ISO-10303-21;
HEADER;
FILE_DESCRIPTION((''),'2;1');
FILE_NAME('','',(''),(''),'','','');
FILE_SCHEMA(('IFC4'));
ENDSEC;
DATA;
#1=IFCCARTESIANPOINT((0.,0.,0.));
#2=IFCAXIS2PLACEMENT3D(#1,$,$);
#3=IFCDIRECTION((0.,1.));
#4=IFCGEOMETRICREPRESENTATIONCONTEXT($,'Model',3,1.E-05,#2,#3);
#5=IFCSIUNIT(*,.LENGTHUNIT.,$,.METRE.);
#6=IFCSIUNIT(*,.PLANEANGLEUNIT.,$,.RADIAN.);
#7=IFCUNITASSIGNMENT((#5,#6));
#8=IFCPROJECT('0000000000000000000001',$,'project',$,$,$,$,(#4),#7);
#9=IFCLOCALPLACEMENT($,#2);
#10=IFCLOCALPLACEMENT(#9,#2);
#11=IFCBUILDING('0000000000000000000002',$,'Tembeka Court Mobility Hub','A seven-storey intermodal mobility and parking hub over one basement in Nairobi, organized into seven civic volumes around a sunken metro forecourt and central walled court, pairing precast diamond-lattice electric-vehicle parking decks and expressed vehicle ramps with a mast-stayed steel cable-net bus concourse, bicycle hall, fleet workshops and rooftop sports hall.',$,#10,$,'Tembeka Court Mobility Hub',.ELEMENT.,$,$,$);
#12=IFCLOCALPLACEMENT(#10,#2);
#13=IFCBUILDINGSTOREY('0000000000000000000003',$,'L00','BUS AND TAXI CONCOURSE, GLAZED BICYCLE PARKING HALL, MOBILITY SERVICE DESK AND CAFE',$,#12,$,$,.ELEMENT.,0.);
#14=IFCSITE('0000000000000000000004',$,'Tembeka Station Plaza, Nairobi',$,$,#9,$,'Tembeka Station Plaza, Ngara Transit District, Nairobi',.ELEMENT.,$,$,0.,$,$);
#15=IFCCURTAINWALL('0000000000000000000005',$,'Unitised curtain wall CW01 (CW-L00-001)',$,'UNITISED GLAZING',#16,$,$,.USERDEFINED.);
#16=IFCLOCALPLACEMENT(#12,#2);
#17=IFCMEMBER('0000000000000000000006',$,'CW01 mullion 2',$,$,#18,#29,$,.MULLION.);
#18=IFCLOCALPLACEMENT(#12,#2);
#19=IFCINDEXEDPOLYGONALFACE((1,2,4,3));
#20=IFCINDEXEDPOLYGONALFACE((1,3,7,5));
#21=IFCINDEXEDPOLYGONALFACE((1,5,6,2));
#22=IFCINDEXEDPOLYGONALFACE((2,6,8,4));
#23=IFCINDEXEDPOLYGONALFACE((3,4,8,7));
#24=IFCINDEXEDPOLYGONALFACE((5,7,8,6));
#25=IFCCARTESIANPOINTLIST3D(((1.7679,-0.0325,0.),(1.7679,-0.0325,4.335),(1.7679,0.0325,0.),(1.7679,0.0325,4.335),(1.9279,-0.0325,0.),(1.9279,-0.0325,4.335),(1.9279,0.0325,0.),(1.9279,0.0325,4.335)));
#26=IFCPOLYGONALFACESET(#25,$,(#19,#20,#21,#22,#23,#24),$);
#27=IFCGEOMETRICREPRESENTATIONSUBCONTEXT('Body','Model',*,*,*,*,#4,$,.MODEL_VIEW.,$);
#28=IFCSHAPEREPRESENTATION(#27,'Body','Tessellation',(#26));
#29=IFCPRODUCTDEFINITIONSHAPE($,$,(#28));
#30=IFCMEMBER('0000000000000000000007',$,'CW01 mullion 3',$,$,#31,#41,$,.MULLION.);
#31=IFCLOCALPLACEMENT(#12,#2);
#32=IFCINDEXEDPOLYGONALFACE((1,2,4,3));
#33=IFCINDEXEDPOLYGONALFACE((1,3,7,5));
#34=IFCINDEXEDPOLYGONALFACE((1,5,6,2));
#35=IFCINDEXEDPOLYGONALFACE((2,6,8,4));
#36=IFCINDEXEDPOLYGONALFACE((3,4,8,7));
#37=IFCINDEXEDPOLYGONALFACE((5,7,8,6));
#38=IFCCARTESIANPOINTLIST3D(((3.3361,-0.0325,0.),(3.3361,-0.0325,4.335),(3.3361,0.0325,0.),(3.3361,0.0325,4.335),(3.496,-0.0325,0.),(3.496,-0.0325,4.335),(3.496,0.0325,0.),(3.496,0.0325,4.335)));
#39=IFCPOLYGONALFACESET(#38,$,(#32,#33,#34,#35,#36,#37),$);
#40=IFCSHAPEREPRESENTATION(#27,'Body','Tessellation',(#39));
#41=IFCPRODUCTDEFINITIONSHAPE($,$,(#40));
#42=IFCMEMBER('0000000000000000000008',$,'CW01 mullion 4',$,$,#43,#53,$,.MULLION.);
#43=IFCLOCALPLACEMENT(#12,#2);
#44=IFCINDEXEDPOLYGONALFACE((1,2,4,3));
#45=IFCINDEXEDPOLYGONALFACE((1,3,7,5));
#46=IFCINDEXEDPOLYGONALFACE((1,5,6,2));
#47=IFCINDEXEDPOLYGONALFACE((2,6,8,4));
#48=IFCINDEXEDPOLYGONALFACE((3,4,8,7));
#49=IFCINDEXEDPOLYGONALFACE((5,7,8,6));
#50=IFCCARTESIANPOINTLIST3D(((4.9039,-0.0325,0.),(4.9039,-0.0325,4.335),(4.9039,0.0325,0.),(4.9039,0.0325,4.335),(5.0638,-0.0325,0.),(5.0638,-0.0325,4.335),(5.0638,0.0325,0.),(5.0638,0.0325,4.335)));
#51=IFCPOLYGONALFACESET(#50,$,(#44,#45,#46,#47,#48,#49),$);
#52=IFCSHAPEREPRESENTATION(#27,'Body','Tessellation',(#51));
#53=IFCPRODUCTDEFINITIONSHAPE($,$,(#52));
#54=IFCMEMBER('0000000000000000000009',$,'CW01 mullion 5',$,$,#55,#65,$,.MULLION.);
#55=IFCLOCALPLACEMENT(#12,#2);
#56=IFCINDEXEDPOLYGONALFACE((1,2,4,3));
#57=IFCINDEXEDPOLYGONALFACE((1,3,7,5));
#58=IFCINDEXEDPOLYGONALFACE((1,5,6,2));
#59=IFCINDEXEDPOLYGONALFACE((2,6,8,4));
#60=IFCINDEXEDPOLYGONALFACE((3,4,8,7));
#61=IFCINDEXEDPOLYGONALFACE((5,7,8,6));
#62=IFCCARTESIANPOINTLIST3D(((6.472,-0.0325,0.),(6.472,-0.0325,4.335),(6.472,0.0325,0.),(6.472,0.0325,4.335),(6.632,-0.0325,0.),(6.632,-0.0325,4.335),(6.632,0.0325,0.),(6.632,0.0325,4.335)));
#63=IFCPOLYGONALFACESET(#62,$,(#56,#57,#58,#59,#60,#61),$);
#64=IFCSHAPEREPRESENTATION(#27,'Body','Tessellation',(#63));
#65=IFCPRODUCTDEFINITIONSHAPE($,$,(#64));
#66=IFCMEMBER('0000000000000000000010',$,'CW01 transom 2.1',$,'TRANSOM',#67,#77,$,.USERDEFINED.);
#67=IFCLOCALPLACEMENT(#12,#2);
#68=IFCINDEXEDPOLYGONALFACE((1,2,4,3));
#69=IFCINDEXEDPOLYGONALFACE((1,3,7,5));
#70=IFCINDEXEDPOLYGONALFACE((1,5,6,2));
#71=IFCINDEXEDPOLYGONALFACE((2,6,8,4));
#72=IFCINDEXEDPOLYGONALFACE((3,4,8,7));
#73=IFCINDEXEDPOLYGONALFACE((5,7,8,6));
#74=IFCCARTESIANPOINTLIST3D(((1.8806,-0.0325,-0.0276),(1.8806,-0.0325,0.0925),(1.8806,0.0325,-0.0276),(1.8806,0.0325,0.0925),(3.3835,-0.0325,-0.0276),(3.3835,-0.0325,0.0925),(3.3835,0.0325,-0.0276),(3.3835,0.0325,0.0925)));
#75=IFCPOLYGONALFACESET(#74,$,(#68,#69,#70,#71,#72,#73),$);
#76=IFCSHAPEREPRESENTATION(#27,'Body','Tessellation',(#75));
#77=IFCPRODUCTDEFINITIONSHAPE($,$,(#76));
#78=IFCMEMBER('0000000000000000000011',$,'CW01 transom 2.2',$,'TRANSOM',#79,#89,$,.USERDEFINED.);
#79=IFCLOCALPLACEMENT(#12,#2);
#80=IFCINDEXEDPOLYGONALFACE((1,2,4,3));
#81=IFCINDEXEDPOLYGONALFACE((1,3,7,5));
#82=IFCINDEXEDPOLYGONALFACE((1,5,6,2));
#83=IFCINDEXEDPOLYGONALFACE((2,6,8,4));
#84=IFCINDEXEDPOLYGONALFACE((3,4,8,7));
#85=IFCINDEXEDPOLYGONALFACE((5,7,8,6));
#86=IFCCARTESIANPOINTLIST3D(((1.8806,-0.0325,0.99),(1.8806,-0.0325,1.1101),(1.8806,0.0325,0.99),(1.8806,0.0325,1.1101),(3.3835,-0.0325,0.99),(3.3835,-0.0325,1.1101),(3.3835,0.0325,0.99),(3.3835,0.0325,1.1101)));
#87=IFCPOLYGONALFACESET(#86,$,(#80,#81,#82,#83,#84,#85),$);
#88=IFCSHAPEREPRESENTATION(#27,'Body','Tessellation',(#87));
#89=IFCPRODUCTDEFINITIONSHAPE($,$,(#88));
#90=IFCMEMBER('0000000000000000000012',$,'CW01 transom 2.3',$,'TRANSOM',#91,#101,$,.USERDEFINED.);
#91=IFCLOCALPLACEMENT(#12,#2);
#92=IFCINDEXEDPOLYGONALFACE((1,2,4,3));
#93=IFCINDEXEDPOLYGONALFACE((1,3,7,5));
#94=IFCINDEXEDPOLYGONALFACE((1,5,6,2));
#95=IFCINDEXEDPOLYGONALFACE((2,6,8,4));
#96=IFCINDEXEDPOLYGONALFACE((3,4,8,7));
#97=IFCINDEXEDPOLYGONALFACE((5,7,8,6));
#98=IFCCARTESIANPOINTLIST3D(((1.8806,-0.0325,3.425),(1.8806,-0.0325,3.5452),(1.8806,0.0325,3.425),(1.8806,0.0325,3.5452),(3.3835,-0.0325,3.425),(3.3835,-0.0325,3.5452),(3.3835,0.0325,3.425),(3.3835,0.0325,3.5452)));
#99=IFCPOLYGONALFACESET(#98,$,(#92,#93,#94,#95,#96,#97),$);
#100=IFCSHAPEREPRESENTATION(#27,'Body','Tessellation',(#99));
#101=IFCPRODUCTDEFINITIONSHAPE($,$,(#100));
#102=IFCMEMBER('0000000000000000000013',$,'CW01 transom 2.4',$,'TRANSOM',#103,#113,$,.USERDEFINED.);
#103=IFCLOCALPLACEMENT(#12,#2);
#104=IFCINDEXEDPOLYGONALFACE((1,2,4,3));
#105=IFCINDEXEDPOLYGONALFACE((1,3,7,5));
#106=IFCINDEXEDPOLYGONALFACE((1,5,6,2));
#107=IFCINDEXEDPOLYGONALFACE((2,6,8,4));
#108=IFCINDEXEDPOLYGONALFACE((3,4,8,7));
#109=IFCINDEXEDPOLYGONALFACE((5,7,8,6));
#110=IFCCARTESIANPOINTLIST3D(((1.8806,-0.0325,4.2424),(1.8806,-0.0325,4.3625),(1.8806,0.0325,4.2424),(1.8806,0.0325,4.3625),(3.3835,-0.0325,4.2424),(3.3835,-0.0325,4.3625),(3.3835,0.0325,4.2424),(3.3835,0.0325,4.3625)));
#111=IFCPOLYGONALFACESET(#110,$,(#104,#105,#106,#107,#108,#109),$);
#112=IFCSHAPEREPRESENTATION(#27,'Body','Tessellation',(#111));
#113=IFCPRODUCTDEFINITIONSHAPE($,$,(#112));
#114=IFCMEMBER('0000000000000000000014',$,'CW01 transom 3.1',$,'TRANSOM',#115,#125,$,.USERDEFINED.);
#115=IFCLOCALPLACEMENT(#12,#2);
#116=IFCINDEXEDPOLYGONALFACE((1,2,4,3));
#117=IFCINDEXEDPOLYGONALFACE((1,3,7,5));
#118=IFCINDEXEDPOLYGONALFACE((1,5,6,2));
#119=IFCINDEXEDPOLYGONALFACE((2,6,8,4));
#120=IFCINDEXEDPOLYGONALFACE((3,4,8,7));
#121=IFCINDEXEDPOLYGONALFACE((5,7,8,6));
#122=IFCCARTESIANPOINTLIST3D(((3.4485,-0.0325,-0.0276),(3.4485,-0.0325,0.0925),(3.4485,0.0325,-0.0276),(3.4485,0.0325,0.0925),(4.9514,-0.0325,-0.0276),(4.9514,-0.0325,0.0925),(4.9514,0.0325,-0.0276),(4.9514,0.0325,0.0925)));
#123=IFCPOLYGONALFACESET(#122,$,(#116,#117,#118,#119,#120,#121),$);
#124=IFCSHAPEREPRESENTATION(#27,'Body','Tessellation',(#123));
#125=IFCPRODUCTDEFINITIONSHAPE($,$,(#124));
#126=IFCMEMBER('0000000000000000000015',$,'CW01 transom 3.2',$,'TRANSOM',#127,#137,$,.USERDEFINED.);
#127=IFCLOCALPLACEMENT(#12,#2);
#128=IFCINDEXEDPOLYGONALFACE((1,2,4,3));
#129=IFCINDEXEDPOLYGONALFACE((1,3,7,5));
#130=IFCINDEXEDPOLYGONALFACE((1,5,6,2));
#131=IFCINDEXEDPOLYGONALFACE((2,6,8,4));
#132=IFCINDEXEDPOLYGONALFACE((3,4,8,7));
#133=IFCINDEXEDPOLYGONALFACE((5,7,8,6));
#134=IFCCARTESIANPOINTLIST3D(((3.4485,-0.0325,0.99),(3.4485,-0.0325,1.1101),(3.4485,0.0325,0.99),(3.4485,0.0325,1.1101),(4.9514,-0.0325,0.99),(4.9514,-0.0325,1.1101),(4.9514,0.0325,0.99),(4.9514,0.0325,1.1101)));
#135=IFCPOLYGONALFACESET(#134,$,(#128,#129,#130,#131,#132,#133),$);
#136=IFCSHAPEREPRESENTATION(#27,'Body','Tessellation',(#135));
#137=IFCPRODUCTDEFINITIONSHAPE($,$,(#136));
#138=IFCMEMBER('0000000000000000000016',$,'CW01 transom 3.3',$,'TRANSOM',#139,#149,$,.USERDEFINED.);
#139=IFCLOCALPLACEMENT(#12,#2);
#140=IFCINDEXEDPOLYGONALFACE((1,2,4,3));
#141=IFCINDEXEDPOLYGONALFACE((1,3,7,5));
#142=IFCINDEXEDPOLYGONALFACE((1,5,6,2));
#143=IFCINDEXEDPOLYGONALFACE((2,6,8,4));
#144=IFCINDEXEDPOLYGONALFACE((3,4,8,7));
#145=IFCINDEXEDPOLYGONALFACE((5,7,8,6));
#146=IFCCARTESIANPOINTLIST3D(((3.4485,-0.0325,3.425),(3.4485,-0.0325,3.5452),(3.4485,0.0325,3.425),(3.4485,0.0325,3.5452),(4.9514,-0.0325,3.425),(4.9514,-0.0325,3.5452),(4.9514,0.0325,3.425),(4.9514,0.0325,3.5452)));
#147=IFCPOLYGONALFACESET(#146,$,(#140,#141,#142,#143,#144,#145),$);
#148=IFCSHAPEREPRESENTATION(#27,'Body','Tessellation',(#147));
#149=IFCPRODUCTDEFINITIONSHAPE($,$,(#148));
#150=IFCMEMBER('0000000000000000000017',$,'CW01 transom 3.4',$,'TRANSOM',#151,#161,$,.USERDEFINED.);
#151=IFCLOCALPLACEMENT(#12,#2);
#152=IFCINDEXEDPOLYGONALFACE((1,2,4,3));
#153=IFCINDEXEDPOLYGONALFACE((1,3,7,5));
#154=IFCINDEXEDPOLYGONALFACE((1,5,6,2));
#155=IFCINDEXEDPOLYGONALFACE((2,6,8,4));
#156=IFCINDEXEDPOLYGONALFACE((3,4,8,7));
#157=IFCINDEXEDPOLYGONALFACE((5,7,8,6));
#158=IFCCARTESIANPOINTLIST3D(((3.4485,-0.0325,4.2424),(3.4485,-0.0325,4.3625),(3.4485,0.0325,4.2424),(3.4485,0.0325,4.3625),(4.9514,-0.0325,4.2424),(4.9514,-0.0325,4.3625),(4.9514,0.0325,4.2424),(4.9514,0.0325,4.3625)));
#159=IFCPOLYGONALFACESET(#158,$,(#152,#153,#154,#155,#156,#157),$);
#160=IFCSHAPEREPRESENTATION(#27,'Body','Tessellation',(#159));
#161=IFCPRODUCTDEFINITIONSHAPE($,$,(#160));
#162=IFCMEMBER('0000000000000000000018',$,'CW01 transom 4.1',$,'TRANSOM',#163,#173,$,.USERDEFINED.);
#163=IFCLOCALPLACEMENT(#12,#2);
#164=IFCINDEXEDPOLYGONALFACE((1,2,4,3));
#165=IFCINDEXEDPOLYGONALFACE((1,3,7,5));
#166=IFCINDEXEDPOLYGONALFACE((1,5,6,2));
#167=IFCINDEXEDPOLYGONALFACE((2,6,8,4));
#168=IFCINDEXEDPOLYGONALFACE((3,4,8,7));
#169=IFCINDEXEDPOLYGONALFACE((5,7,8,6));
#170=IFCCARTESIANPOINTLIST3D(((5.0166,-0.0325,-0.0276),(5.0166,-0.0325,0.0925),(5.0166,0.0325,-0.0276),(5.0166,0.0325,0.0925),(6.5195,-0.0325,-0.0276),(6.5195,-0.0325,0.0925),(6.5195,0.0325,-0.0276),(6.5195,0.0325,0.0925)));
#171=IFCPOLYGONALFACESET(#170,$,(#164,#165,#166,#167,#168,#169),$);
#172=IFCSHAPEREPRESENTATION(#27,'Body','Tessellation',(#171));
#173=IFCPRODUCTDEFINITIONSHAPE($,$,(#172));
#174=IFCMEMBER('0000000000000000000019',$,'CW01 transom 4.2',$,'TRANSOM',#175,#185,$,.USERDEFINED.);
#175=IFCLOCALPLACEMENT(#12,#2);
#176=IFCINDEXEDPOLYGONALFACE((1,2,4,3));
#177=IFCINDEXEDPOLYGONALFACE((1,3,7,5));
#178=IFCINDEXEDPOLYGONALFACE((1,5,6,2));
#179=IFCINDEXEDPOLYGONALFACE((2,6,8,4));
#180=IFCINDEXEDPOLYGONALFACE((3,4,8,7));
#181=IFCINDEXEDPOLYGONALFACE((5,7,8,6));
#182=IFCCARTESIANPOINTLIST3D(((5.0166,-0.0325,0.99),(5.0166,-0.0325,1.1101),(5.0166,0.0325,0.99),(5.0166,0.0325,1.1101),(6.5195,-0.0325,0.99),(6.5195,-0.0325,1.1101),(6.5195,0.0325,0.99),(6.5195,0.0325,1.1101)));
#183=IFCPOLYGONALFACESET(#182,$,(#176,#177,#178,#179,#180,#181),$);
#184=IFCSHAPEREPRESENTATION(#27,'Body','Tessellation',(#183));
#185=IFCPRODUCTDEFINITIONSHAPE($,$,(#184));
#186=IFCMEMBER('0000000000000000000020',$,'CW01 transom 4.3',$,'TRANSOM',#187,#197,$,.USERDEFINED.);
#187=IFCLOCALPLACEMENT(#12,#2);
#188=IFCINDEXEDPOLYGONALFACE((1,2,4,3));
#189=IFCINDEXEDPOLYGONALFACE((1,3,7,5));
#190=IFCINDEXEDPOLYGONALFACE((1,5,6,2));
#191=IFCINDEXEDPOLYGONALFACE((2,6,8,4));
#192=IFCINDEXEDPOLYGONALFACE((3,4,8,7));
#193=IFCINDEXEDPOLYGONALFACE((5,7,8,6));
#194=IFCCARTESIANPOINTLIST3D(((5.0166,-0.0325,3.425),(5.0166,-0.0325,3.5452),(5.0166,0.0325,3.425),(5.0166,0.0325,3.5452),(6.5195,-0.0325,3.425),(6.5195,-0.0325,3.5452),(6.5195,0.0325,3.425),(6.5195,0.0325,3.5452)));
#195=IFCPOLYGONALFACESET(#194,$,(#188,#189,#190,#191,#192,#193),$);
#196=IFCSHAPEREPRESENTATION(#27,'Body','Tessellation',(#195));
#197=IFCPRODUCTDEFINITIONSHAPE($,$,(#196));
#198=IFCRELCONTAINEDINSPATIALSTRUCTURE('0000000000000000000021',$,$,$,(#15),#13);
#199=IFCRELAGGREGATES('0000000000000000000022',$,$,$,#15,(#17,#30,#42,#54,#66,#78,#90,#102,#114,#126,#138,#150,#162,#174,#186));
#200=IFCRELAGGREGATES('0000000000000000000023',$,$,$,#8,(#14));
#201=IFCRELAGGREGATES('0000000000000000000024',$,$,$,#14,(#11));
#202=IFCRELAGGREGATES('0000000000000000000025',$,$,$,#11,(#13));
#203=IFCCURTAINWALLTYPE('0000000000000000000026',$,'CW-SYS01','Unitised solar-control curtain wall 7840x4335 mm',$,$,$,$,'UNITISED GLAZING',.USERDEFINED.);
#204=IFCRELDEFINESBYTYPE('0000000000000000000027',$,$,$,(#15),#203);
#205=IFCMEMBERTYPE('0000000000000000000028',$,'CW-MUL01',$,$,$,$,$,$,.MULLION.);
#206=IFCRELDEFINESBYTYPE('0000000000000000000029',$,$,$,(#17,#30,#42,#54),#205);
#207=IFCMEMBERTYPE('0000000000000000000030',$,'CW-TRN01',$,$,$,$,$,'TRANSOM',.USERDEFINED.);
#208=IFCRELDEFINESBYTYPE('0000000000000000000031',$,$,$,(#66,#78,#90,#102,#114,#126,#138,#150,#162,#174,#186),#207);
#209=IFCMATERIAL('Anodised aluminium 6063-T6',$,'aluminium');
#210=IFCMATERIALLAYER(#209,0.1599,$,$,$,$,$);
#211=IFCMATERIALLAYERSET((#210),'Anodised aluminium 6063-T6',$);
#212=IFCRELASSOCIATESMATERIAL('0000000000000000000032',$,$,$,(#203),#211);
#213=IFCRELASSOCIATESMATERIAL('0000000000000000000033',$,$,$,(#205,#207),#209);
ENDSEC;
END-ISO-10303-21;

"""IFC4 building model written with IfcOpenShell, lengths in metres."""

from ifc_helpers import new_model, si_unit, direction, frame, origin, origin_2d, place, context, subcontext, project, spatial, rectangle, extrude, material, layer, layer_set, material_profile, profile_set, type_object, element, aggregate, save


model = new_model("IFC4")

# Units and contexts
model_context = context("Model", 3, precision=1e-05, world=origin(), true_north=direction((0.0, 1.0)))
body_context = subcontext(model_context, "Body", "Model", "MODEL_VIEW")
ifc_project = project(units=[si_unit("LENGTHUNIT", "METRE"), si_unit("PLANEANGLEUNIT", "RADIAN")], contexts=[model_context])

# Site, building, storey
site_placement = place(None, origin())
site = spatial("IfcSite", under=ifc_project, at=site_placement, Name="Tembeka Station Plaza, Nairobi", LongName="Tembeka Station Plaza, Ngara Transit District, Nairobi", CompositionType="ELEMENT", RefElevation=0.0)
building_placement = place(site_placement, origin())
building = spatial("IfcBuilding", under=site, at=building_placement, Name="Tembeka Court Mobility Hub", Description="A seven-storey intermodal mobility and parking hub over one basement in Nairobi, organized into seven civic volumes around a sunken metro forecourt and central walled court, pairing precast diamond-lattice electric-vehicle parking decks and expressed vehicle ramps with a mast-stayed steel cable-net bus concourse, bicycle hall, fleet workshops and rooftop sports hall.", LongName="Tembeka Court Mobility Hub", CompositionType="ELEMENT")
storey_placement = place(building_placement, origin())
storey = spatial("IfcBuildingStorey", under=building, at=storey_placement, Name="L00", Description="BUS AND TAXI CONCOURSE, GLAZED BICYCLE PARKING HALL, MOBILITY SERVICE DESK AND CAFE", CompositionType="ELEMENT", Elevation=0.0)

# Curtain wall, members
ifc_material_1 = material(Name="Anodised aluminium 6063-T6", Category="aluminium")
ifc_layer_1 = layer(ifc_material_1, 0.1599)
ifc_layer_set_1 = layer_set([ifc_layer_1], Name="Anodised aluminium 6063-T6")
curtain_wall_type = type_object("IfcCurtainWallType", Name="CW-SYS01", Description="Unitised solar-control curtain wall 7840x4335 mm", ElementType="UNITISED GLAZING", PredefinedType="USERDEFINED", material=ifc_layer_set_1)
curtain_wall_placement = place(storey_placement, origin())
curtain_wall = element("IfcCurtainWall", 1, at=curtain_wall_placement, inside=storey, type_object=curtain_wall_type, Name="Unitised curtain wall CW01 (CW-L00-001)", ObjectType="UNITISED GLAZING", PredefinedType="USERDEFINED")
ifc_material_profile_1 = material_profile(ifc_material_1, rectangle(XDim=0.0649, YDim=0.1599, at=origin_2d()), Name="ALU-MUL 65x160")
ifc_profile_set_1 = profile_set([ifc_material_profile_1], Name="Anodised aluminium 6063-T6")
member_type_1 = type_object("IfcMemberType", Name="CW-MUL01", PredefinedType="MULLION", material=ifc_profile_set_1)
member_1_placement = place(storey_placement, frame((1.8479, 0.0, 0.0), z_axis=(0.0, 0.0, 1.0), x_axis=(0.0, 1.0, 0.0)))
member_1 = element("IfcMember", 2, at=member_1_placement, type_object=member_type_1, Name="CW01 mullion 2", PredefinedType="MULLION", context=body_context, shape_type="SweptSolid", body=[
    extrude(rectangle(XDim=0.0649, YDim=0.1599, at=origin_2d()), origin(), (0.0, 0.0, 1.0), 4.335),
])
member_2_placement = place(storey_placement, frame((3.416, 0.0, 0.0), z_axis=(0.0, 0.0, 1.0), x_axis=(0.0, 1.0, 0.0)))
member_2 = element("IfcMember", 3, at=member_2_placement, type_object=member_type_1, Name="CW01 mullion 3", PredefinedType="MULLION", context=body_context, shape_type="SweptSolid", body=[
    extrude(rectangle(XDim=0.0649, YDim=0.1599, at=origin_2d()), origin(), (0.0, 0.0, 1.0), 4.335),
])
member_3_placement = place(storey_placement, frame((4.9839, 0.0, 0.0), z_axis=(0.0, 0.0, 1.0), x_axis=(0.0, 1.0, 0.0)))
member_3 = element("IfcMember", 4, at=member_3_placement, type_object=member_type_1, Name="CW01 mullion 4", PredefinedType="MULLION", context=body_context, shape_type="SweptSolid", body=[
    extrude(rectangle(XDim=0.0649, YDim=0.1599, at=origin_2d()), origin(), (0.0, 0.0, 1.0), 4.335),
])
member_4_placement = place(storey_placement, frame((6.552, 0.0, 0.0), z_axis=(0.0, 0.0, 1.0), x_axis=(0.0, 1.0, 0.0)))
member_4 = element("IfcMember", 5, at=member_4_placement, type_object=member_type_1, Name="CW01 mullion 5", PredefinedType="MULLION", context=body_context, shape_type="SweptSolid", body=[
    extrude(rectangle(XDim=0.0649, YDim=0.1599, at=origin_2d()), origin(), (0.0, 0.0, 1.0), 4.335),
])
ifc_material_profile_2 = material_profile(ifc_material_1, rectangle(XDim=0.0649, YDim=0.1201, at=origin_2d()), Name="ALU-TRN 65x120")
ifc_profile_set_2 = profile_set([ifc_material_profile_2], Name="Anodised aluminium 6063-T6")
member_type_2 = type_object("IfcMemberType", Name="CW-TRN01", ElementType="TRANSOM", PredefinedType="USERDEFINED", material=ifc_profile_set_2)
member_5_placement = place(storey_placement, frame((1.8806, 0.0, 0.0325), z_axis=(1.0, 0.0, 0.0), x_axis=(0.0, 1.0, 0.0)))
member_5 = element("IfcMember", 6, at=member_5_placement, type_object=member_type_2, Name="CW01 transom 2.1", ObjectType="TRANSOM", PredefinedType="USERDEFINED", context=body_context, shape_type="SweptSolid", body=[
    extrude(rectangle(XDim=0.0649, YDim=0.1201, at=origin_2d()), origin(), (0.0, 0.0, 1.0), 1.5029),
])
member_6_placement = place(storey_placement, frame((1.8806, 0.0, 1.05), z_axis=(1.0, 0.0, 0.0), x_axis=(0.0, 1.0, 0.0)))
member_6 = element("IfcMember", 7, at=member_6_placement, type_object=member_type_2, Name="CW01 transom 2.2", ObjectType="TRANSOM", PredefinedType="USERDEFINED", context=body_context, shape_type="SweptSolid", body=[
    extrude(rectangle(XDim=0.0649, YDim=0.1201, at=origin_2d()), origin(), (0.0, 0.0, 1.0), 1.5029),
])
member_7_placement = place(storey_placement, frame((1.8806, 0.0, 3.4851), z_axis=(1.0, 0.0, 0.0), x_axis=(0.0, 1.0, 0.0)))
member_7 = element("IfcMember", 8, at=member_7_placement, type_object=member_type_2, Name="CW01 transom 2.3", ObjectType="TRANSOM", PredefinedType="USERDEFINED", context=body_context, shape_type="SweptSolid", body=[
    extrude(rectangle(XDim=0.0649, YDim=0.1201, at=origin_2d()), origin(), (0.0, 0.0, 1.0), 1.5029),
])
member_8_placement = place(storey_placement, frame((1.8806, 0.0, 4.3025), z_axis=(1.0, 0.0, 0.0), x_axis=(0.0, 1.0, 0.0)))
member_8 = element("IfcMember", 9, at=member_8_placement, type_object=member_type_2, Name="CW01 transom 2.4", ObjectType="TRANSOM", PredefinedType="USERDEFINED", context=body_context, shape_type="SweptSolid", body=[
    extrude(rectangle(XDim=0.0649, YDim=0.1201, at=origin_2d()), origin(), (0.0, 0.0, 1.0), 1.5029),
])
member_9_placement = place(storey_placement, frame((3.4485, 0.0, 0.0325), z_axis=(1.0, 0.0, 0.0), x_axis=(0.0, 1.0, 0.0)))
member_9 = element("IfcMember", 10, at=member_9_placement, type_object=member_type_2, Name="CW01 transom 3.1", ObjectType="TRANSOM", PredefinedType="USERDEFINED", context=body_context, shape_type="SweptSolid", body=[
    extrude(rectangle(XDim=0.0649, YDim=0.1201, at=origin_2d()), origin(), (0.0, 0.0, 1.0), 1.5029),
])
member_10_placement = place(storey_placement, frame((3.4485, 0.0, 1.05), z_axis=(1.0, 0.0, 0.0), x_axis=(0.0, 1.0, 0.0)))
member_10 = element("IfcMember", 11, at=member_10_placement, type_object=member_type_2, Name="CW01 transom 3.2", ObjectType="TRANSOM", PredefinedType="USERDEFINED", context=body_context, shape_type="SweptSolid", body=[
    extrude(rectangle(XDim=0.0649, YDim=0.1201, at=origin_2d()), origin(), (0.0, 0.0, 1.0), 1.5029),
])
member_11_placement = place(storey_placement, frame((3.4485, 0.0, 3.4851), z_axis=(1.0, 0.0, 0.0), x_axis=(0.0, 1.0, 0.0)))
member_11 = element("IfcMember", 12, at=member_11_placement, type_object=member_type_2, Name="CW01 transom 3.3", ObjectType="TRANSOM", PredefinedType="USERDEFINED", context=body_context, shape_type="SweptSolid", body=[
    extrude(rectangle(XDim=0.0649, YDim=0.1201, at=origin_2d()), origin(), (0.0, 0.0, 1.0), 1.5029),
])
member_12_placement = place(storey_placement, frame((3.4485, 0.0, 4.3025), z_axis=(1.0, 0.0, 0.0), x_axis=(0.0, 1.0, 0.0)))
member_12 = element("IfcMember", 13, at=member_12_placement, type_object=member_type_2, Name="CW01 transom 3.4", ObjectType="TRANSOM", PredefinedType="USERDEFINED", context=body_context, shape_type="SweptSolid", body=[
    extrude(rectangle(XDim=0.0649, YDim=0.1201, at=origin_2d()), origin(), (0.0, 0.0, 1.0), 1.5029),
])
member_13_placement = place(storey_placement, frame((5.0166, 0.0, 0.0325), z_axis=(1.0, 0.0, 0.0), x_axis=(0.0, 1.0, 0.0)))
member_13 = element("IfcMember", 14, at=member_13_placement, type_object=member_type_2, Name="CW01 transom 4.1", ObjectType="TRANSOM", PredefinedType="USERDEFINED", context=body_context, shape_type="SweptSolid", body=[
    extrude(rectangle(XDim=0.0649, YDim=0.1201, at=origin_2d()), origin(), (0.0, 0.0, 1.0), 1.5029),
])
member_14_placement = place(storey_placement, frame((5.0166, 0.0, 1.05), z_axis=(1.0, 0.0, 0.0), x_axis=(0.0, 1.0, 0.0)))
member_14 = element("IfcMember", 15, at=member_14_placement, type_object=member_type_2, Name="CW01 transom 4.2", ObjectType="TRANSOM", PredefinedType="USERDEFINED", context=body_context, shape_type="SweptSolid", body=[
    extrude(rectangle(XDim=0.0649, YDim=0.1201, at=origin_2d()), origin(), (0.0, 0.0, 1.0), 1.5029),
])
member_15_placement = place(storey_placement, frame((5.0166, 0.0, 3.4851), z_axis=(1.0, 0.0, 0.0), x_axis=(0.0, 1.0, 0.0)))
member_15 = element("IfcMember", 16, at=member_15_placement, type_object=member_type_2, Name="CW01 transom 4.3", ObjectType="TRANSOM", PredefinedType="USERDEFINED", context=body_context, shape_type="SweptSolid", body=[
    extrude(rectangle(XDim=0.0649, YDim=0.1201, at=origin_2d()), origin(), (0.0, 0.0, 1.0), 1.5029),
])
aggregate(curtain_wall, [member_1, member_2, member_3, member_4, member_5, member_6, member_7, member_8, member_9, member_10, member_11, member_12, member_13, member_14, member_15])

save(model, "model.ifc")
